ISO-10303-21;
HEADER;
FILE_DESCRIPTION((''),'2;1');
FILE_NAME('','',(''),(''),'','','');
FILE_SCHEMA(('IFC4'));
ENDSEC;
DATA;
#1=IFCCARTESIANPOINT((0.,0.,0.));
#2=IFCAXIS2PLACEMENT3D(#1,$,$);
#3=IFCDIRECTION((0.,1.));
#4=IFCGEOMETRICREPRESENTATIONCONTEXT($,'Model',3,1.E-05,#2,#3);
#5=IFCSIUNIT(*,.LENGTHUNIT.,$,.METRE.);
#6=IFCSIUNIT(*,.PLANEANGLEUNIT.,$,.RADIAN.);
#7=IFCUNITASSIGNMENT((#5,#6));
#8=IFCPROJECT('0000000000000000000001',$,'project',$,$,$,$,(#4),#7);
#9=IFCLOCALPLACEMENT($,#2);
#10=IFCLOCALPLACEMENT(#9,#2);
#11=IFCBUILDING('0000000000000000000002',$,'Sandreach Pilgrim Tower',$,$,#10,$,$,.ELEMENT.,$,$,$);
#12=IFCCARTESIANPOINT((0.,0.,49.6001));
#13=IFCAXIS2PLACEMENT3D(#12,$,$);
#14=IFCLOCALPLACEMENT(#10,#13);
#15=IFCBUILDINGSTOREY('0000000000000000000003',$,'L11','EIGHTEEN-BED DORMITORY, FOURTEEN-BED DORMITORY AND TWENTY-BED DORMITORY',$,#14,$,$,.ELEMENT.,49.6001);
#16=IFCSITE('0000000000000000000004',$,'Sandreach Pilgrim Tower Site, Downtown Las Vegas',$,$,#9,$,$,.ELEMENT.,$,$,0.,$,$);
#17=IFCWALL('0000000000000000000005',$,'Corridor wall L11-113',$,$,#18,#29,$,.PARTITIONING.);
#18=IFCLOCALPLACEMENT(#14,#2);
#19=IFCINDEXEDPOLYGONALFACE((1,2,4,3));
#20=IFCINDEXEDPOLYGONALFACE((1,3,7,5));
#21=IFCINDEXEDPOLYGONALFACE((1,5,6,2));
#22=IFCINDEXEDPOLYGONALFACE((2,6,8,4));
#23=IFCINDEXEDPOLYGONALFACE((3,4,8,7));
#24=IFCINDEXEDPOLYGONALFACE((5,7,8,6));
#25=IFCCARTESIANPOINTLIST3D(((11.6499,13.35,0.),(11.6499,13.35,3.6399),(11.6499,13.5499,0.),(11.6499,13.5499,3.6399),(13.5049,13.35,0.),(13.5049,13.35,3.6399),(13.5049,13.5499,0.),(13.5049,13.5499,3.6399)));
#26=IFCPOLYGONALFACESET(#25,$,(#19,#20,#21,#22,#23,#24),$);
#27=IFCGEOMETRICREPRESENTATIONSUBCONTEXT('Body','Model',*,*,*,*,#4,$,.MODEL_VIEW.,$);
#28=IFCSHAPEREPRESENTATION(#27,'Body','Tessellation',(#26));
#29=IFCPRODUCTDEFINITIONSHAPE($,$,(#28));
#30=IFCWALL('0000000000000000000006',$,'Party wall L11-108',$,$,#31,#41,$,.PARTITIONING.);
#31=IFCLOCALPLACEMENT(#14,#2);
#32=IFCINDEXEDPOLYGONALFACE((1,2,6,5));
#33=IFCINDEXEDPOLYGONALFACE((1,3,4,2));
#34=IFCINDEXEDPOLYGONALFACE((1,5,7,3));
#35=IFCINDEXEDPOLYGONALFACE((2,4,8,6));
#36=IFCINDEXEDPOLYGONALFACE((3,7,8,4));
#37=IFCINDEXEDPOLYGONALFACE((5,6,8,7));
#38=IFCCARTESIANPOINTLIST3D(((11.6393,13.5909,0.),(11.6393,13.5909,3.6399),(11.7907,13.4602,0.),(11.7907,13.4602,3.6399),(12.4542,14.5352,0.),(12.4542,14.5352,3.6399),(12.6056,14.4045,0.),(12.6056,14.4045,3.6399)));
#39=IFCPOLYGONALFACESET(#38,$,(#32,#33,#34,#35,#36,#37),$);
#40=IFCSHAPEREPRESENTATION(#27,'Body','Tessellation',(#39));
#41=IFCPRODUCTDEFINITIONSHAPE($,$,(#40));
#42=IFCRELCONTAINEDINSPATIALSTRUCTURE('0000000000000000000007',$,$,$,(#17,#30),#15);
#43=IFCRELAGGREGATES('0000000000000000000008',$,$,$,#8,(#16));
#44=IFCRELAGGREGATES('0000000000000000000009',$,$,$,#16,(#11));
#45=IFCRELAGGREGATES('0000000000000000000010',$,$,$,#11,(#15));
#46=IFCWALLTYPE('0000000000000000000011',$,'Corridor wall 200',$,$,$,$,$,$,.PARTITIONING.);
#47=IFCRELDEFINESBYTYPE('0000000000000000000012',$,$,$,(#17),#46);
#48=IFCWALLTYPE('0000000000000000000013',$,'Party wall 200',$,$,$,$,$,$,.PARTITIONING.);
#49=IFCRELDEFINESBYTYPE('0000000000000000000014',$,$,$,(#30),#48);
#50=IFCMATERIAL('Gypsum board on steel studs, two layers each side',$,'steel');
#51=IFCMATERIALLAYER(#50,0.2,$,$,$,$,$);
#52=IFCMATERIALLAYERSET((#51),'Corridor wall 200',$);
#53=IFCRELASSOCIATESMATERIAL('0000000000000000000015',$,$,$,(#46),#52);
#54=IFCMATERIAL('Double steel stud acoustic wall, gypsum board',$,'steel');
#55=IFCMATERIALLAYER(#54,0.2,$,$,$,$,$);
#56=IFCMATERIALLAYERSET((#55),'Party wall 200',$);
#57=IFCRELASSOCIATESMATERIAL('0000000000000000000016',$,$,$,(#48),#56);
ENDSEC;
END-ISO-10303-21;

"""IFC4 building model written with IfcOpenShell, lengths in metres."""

from ifc_helpers import new_model, si_unit, direction, frame, frame_2d, origin, place, context, subcontext, project, spatial, rectangle, extrude, material, layer, layer_set, type_object, element, save


model = new_model("IFC4")

# Units and contexts
model_context = context("Model", 3, precision=1e-05, world=origin(), true_north=direction((0.0, 1.0)))
body_context = subcontext(model_context, "Body", "Model", "MODEL_VIEW")
ifc_project = project(units=[si_unit("LENGTHUNIT", "METRE"), si_unit("PLANEANGLEUNIT", "RADIAN")], contexts=[model_context])

# Site, building, storey
site_placement = place(None, origin())
site = spatial("IfcSite", under=ifc_project, at=site_placement, Name="Sandreach Pilgrim Tower Site, Downtown Las Vegas", CompositionType="ELEMENT", RefElevation=0.0)
building_placement = place(site_placement, origin())
building = spatial("IfcBuilding", under=site, at=building_placement, Name="Sandreach Pilgrim Tower", CompositionType="ELEMENT")
storey_placement = place(building_placement, frame((0.0, 0.0, 49.6001)))
storey = spatial("IfcBuildingStorey", under=building, at=storey_placement, Name="L11", Description="EIGHTEEN-BED DORMITORY, FOURTEEN-BED DORMITORY AND TWENTY-BED DORMITORY", CompositionType="ELEMENT", Elevation=49.6001)

# Shared definitions
ifc_material_1 = material(Name="Gypsum board on steel studs, two layers each side", Category="steel")
ifc_layer_1 = layer(ifc_material_1, 0.2)
ifc_layer_set_1 = layer_set([ifc_layer_1], Name="Corridor wall 200")
wall_type_1 = type_object("IfcWallType", Name="Corridor wall 200", PredefinedType="PARTITIONING", material=ifc_layer_set_1)

# Walls
wall_1_placement = place(storey_placement, frame((13.5049, 13.45, 0.0), z_axis=(0.0, 0.0, 1.0), x_axis=(-1.0, 0.0, 0.0)))
element("IfcWall", 1, at=wall_1_placement, inside=storey, type_object=wall_type_1, Name="Corridor wall L11-113", PredefinedType="PARTITIONING", context=body_context, shape_type="SweptSolid", body=[
    extrude(rectangle(XDim=1.855, YDim=0.2, at=frame_2d((0.9275, 0.0))), origin(), (0.0, 0.0, 1.0), 3.6399),
])
ifc_material_2 = material(Name="Double steel stud acoustic wall, gypsum board", Category="steel")
ifc_layer_2 = layer(ifc_material_2, 0.2)
ifc_layer_set_2 = layer_set([ifc_layer_2], Name="Party wall 200")
wall_type_2 = type_object("IfcWallType", Name="Party wall 200", PredefinedType="PARTITIONING", material=ifc_layer_set_2)
wall_2_placement = place(storey_placement, frame((11.7151, 13.5256, 0.0), z_axis=(0.0, 0.0, 1.0), x_axis=(0.653334, 0.757069, 0.0)))
element("IfcWall", 2, at=wall_2_placement, inside=storey, type_object=wall_type_2, Name="Party wall L11-108", PredefinedType="PARTITIONING", context=body_context, shape_type="SweptSolid", body=[
    extrude(rectangle(XDim=1.2473, YDim=0.2, at=frame_2d((0.6235, 0.0))), origin(), (0.0, 0.0, 1.0), 3.6399),
])

save(model, "model.ifc")
